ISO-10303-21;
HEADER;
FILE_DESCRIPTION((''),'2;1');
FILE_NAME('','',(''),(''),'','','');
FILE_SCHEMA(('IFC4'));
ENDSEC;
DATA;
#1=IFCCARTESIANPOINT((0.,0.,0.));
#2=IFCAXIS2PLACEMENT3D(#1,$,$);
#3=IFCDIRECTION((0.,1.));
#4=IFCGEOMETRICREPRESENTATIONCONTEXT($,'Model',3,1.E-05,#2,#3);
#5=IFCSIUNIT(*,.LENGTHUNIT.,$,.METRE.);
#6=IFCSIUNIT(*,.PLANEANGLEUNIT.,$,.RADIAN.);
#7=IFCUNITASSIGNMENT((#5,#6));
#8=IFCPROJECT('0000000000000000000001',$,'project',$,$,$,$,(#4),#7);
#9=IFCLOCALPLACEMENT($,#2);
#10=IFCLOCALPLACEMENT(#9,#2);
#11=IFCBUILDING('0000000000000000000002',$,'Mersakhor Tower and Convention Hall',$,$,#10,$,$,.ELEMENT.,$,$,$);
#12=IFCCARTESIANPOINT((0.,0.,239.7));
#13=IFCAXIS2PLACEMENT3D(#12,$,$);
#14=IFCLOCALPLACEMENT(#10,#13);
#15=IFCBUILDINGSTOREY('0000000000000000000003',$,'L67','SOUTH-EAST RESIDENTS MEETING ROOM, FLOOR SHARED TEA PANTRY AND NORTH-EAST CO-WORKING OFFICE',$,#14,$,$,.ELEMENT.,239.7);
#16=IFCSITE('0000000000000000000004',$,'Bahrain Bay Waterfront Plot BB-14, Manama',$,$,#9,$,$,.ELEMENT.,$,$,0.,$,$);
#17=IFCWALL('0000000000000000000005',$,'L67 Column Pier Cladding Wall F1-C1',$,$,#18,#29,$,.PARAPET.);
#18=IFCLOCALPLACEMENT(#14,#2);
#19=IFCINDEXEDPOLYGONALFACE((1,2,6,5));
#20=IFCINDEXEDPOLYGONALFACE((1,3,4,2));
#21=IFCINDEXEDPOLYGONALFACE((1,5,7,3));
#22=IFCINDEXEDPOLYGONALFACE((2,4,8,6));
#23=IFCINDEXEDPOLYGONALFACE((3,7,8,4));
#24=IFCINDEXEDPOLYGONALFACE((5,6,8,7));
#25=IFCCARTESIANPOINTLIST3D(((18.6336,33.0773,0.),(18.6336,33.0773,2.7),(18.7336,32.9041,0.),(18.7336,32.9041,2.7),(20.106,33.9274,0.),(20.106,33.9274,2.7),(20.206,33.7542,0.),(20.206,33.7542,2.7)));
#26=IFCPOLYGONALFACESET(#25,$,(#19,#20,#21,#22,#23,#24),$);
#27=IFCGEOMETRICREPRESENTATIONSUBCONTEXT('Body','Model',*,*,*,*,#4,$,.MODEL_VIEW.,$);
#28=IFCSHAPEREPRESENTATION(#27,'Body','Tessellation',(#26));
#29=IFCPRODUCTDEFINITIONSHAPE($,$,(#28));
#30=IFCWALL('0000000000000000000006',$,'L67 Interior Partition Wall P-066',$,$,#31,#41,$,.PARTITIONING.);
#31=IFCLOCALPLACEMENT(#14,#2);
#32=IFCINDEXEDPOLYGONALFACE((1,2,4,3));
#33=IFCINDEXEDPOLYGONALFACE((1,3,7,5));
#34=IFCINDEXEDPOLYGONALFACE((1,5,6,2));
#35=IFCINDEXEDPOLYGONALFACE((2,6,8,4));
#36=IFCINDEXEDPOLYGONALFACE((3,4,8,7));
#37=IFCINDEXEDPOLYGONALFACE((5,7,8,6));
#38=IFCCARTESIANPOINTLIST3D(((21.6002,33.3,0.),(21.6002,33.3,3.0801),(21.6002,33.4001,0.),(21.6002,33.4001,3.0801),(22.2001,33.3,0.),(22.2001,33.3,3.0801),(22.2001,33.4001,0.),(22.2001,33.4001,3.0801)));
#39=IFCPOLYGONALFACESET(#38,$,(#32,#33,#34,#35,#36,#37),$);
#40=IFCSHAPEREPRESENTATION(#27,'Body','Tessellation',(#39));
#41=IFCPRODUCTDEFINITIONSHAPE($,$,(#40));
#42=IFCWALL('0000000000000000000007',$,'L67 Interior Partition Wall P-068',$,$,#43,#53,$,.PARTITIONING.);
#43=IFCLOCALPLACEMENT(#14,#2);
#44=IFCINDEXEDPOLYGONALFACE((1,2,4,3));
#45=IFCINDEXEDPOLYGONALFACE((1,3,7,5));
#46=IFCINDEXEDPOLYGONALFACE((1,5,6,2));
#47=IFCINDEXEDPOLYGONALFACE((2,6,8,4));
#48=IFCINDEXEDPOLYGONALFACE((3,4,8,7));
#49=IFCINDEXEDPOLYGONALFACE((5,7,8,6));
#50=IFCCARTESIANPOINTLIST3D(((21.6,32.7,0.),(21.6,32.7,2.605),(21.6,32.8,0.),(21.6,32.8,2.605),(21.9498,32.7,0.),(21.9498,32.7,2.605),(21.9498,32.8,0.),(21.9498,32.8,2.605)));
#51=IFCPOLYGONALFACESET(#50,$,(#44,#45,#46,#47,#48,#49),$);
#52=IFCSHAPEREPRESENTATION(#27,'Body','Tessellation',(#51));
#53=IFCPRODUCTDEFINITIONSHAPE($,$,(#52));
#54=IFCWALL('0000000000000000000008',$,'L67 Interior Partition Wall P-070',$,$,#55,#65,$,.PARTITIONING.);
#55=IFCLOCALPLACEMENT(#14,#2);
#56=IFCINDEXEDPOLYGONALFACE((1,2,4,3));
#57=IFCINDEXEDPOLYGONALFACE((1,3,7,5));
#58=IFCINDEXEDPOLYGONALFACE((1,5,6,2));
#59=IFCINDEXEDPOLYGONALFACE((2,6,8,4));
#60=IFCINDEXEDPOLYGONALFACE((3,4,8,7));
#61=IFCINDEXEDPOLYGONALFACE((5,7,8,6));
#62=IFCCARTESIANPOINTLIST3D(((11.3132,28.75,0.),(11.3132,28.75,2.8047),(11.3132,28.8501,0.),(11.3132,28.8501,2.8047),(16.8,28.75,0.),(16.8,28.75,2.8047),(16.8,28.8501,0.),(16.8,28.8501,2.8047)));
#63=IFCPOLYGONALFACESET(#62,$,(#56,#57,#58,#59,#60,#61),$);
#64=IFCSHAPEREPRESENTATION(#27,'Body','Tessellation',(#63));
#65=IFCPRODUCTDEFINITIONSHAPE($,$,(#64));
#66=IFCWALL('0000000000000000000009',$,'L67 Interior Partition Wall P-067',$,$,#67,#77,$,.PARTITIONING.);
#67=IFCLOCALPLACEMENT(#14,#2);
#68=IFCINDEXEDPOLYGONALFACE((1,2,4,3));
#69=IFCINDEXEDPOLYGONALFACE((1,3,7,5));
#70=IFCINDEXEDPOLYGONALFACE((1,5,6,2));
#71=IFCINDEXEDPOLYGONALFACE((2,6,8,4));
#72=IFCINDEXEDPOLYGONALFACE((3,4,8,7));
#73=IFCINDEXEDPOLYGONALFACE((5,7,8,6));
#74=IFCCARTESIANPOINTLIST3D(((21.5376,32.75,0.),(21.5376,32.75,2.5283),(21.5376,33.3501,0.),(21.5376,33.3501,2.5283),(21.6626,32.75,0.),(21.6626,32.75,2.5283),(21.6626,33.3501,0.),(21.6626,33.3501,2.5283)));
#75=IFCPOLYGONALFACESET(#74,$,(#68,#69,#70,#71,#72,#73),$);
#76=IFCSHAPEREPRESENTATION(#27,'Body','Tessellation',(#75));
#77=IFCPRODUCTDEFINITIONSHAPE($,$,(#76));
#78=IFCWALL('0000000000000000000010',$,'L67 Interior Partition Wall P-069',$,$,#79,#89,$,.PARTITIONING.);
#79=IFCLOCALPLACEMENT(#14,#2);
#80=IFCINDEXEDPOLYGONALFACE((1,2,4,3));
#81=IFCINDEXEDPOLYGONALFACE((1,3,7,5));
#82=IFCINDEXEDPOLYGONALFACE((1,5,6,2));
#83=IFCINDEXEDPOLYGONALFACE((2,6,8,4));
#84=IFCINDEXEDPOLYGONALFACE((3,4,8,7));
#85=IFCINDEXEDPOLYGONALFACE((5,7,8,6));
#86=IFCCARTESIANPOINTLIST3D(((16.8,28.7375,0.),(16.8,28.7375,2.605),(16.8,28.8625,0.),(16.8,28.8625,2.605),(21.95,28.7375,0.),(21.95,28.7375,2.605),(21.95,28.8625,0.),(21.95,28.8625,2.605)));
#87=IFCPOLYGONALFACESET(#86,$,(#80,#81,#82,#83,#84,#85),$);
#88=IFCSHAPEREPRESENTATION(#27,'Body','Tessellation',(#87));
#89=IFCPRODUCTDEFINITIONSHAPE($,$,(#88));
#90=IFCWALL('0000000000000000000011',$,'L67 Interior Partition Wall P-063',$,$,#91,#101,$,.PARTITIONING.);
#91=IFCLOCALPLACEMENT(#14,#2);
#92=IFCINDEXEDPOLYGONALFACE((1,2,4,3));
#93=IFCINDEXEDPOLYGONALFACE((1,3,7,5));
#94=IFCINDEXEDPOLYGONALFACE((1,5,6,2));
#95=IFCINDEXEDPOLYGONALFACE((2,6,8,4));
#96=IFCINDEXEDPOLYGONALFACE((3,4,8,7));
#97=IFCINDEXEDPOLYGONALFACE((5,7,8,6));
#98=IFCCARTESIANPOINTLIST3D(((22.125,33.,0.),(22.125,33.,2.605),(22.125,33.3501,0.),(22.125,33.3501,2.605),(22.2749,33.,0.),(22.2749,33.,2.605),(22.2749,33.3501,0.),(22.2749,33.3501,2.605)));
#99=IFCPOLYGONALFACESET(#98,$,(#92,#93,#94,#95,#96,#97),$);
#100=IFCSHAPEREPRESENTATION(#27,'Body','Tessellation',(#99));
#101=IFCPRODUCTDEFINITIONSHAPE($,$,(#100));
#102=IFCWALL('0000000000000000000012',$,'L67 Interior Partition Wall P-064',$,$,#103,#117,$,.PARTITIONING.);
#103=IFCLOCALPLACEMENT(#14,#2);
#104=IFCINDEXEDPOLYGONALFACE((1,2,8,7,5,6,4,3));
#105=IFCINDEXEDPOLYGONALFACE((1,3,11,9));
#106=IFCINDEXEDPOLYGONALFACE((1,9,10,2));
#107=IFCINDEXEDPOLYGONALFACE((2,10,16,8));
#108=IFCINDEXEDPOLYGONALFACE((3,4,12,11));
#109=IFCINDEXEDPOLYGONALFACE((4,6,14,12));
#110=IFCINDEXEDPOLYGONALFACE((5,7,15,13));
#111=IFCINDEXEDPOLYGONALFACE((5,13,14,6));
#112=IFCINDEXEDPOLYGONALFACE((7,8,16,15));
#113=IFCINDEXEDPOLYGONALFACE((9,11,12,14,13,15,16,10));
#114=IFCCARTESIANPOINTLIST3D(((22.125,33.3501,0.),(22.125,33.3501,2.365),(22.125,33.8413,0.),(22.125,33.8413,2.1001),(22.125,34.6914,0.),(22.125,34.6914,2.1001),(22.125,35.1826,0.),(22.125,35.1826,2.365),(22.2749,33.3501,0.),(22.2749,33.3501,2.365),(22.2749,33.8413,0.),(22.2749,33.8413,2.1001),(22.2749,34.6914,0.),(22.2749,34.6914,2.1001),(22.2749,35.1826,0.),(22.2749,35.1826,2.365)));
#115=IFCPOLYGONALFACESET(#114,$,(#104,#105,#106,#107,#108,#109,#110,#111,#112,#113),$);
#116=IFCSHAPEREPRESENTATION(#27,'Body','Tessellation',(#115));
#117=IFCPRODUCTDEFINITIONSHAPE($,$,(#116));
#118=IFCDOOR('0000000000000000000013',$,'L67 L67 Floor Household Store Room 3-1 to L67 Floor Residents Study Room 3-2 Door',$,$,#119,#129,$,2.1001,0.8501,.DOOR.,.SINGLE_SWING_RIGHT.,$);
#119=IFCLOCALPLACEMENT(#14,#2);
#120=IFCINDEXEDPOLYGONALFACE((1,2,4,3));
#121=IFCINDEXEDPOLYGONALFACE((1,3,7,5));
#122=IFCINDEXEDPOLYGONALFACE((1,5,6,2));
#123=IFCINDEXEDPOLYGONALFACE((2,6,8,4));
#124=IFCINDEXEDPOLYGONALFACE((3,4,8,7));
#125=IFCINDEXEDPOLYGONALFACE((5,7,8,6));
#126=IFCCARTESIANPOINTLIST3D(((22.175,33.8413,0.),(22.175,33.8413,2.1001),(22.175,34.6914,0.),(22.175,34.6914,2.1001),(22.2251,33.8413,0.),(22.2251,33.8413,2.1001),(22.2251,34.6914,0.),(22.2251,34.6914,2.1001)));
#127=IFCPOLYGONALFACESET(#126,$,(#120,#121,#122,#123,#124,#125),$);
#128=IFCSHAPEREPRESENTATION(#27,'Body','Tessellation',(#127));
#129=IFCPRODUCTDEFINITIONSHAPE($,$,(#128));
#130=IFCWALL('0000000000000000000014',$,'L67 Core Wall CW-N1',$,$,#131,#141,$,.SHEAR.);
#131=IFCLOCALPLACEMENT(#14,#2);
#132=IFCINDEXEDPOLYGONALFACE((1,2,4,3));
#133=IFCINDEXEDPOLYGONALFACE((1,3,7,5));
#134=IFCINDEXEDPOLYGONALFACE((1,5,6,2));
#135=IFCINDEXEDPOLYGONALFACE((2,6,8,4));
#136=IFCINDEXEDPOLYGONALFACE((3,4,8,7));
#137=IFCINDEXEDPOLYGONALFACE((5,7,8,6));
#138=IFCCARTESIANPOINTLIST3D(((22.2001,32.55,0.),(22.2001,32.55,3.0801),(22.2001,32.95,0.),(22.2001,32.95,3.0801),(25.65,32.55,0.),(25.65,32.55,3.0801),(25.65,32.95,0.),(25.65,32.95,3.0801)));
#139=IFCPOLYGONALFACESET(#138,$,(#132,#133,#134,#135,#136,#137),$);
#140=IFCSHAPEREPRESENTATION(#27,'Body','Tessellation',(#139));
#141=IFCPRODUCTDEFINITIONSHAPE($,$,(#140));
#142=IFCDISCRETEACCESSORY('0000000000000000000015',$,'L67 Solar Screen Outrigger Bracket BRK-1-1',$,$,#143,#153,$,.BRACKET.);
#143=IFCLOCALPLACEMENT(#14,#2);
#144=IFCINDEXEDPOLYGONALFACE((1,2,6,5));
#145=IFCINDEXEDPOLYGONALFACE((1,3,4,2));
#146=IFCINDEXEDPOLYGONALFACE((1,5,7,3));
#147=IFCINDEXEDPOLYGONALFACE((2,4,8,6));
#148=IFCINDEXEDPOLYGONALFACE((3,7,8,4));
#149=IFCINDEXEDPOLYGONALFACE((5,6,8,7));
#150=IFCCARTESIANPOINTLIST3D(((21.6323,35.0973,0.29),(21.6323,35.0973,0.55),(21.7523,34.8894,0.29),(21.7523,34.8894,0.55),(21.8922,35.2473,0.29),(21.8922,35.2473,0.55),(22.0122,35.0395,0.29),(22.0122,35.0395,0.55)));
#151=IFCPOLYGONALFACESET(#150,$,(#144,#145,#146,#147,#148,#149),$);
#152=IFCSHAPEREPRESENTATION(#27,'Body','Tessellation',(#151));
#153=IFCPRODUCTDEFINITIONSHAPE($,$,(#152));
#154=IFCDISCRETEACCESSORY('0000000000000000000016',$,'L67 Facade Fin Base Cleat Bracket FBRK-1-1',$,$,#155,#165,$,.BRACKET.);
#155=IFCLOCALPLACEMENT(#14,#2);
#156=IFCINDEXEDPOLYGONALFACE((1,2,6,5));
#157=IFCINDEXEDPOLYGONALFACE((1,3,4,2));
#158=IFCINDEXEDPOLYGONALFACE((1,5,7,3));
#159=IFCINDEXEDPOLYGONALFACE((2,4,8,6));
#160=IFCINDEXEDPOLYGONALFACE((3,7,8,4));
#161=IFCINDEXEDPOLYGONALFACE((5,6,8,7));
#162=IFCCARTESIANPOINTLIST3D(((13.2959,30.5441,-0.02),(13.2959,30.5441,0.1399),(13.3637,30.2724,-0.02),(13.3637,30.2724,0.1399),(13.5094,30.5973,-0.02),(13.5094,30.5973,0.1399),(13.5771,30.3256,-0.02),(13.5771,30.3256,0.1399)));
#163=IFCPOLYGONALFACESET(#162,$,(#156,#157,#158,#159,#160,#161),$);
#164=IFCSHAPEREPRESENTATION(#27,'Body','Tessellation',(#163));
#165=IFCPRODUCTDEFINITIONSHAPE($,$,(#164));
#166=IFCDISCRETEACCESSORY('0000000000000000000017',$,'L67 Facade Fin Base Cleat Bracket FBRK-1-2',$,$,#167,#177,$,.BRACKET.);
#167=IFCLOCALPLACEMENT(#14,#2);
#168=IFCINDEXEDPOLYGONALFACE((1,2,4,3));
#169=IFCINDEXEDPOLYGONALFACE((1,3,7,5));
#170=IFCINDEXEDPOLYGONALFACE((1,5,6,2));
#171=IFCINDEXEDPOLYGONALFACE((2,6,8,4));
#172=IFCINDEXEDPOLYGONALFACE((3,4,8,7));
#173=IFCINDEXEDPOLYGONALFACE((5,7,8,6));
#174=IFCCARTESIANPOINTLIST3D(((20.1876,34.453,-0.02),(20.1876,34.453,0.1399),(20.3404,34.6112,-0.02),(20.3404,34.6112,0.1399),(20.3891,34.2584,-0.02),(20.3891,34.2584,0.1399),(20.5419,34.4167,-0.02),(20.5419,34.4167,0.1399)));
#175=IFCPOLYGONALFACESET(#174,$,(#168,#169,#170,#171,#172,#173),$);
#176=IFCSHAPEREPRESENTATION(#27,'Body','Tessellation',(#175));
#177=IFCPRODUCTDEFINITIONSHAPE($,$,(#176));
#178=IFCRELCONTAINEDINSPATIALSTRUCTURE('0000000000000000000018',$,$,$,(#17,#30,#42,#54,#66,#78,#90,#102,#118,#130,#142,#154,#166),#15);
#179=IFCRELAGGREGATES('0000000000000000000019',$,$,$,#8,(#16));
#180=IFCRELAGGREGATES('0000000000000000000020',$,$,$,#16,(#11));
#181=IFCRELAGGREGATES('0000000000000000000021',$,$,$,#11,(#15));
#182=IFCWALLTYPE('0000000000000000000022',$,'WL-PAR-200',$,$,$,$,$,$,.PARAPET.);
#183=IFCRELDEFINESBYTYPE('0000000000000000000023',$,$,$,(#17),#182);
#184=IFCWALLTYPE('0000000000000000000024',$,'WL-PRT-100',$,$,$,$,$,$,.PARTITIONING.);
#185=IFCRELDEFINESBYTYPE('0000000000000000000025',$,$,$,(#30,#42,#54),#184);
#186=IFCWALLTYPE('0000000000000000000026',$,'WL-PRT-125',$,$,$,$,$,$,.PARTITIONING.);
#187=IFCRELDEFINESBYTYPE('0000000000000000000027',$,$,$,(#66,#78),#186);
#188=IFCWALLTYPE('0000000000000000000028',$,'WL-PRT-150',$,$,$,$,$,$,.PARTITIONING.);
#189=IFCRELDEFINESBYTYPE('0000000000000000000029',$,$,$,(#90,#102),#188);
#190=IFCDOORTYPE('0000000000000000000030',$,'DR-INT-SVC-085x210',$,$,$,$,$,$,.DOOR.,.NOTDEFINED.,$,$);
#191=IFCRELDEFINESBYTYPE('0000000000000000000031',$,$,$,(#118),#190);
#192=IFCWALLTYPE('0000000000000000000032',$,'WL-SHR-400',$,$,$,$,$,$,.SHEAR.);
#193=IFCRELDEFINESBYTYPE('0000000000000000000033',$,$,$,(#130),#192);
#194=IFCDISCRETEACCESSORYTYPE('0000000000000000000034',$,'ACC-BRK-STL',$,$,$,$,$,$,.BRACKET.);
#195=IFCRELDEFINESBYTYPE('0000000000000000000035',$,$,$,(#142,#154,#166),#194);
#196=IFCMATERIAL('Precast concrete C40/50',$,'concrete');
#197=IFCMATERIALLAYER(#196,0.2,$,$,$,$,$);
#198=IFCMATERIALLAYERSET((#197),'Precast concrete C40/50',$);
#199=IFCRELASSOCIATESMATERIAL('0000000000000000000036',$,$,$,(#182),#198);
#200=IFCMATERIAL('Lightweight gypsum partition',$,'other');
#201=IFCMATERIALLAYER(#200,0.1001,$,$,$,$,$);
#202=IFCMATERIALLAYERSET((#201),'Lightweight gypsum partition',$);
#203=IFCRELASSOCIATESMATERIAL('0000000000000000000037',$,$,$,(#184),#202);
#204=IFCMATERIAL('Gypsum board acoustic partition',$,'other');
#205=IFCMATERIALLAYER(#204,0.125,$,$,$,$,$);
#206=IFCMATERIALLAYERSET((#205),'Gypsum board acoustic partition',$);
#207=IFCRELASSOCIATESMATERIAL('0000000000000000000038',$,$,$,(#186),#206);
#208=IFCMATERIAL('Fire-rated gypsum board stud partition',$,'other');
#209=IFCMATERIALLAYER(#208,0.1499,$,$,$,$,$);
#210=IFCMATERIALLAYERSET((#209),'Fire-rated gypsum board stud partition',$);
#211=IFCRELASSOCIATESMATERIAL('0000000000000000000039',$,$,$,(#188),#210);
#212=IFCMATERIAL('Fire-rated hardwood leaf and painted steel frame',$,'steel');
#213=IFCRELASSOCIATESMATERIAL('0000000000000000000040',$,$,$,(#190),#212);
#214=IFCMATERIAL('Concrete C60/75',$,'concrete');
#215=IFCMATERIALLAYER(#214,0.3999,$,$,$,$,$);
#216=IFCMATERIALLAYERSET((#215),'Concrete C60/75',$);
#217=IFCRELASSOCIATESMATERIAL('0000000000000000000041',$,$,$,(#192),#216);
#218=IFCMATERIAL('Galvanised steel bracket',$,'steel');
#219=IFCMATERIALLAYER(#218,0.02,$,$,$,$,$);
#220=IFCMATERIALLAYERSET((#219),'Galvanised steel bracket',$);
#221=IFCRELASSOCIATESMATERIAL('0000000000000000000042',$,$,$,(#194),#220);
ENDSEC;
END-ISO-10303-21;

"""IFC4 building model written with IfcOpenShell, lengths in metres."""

from ifc_helpers import new_model, si_unit, direction, frame, frame_2d, origin, origin_2d, place, context, subcontext, project, spatial, rectangle, extrude, material, layer, layer_set, type_object, element, fill, save


model = new_model("IFC4")

# Units and contexts
model_context = context("Model", 3, precision=1e-05, world=origin(), true_north=direction((0.0, 1.0)))
body_context = subcontext(model_context, "Body", "Model", "MODEL_VIEW")
ifc_project = project(units=[si_unit("LENGTHUNIT", "METRE"), si_unit("PLANEANGLEUNIT", "RADIAN")], contexts=[model_context])

# Site, building, storey
site_placement = place(None, origin())
site = spatial("IfcSite", under=ifc_project, at=site_placement, Name="Bahrain Bay Waterfront Plot BB-14, Manama", CompositionType="ELEMENT", RefElevation=0.0)
building_placement = place(site_placement, origin())
building = spatial("IfcBuilding", under=site, at=building_placement, Name="Mersakhor Tower and Convention Hall", CompositionType="ELEMENT")
storey_placement = place(building_placement, frame((0.0, 0.0, 239.7)))
storey = spatial("IfcBuildingStorey", under=building, at=storey_placement, Name="L67", Description="SOUTH-EAST RESIDENTS MEETING ROOM, FLOOR SHARED TEA PANTRY AND NORTH-EAST CO-WORKING OFFICE", CompositionType="ELEMENT", Elevation=239.7)

# Walls
ifc_material_1 = material(Name="Precast concrete C40/50", Category="concrete")
ifc_layer_1 = layer(ifc_material_1, 0.2)
ifc_layer_set_1 = layer_set([ifc_layer_1], Name="Precast concrete C40/50")
wall_type_1 = type_object("IfcWallType", Name="WL-PAR-200", PredefinedType="PARAPET", material=ifc_layer_set_1)
wall_1_placement = place(storey_placement, frame((18.6836, 32.9907, 0.0), z_axis=(0.0, 0.0, 1.0), x_axis=(0.866025, 0.5, 0.0)))
element("IfcWall", 1, at=wall_1_placement, inside=storey, type_object=wall_type_1, Name="L67 Column Pier Cladding Wall F1-C1", PredefinedType="PARAPET", context=body_context, shape_type="SweptSolid", body=[
    extrude(rectangle(XDim=1.7002, YDim=0.2, at=frame_2d((0.8501, 0.0))), origin(), (0.0, 0.0, 1.0), 2.7),
])
ifc_material_2 = material(Name="Lightweight gypsum partition", Category="other")
ifc_layer_2 = layer(ifc_material_2, 0.1001)
ifc_layer_set_2 = layer_set([ifc_layer_2], Name="Lightweight gypsum partition")
wall_type_2 = type_object("IfcWallType", Name="WL-PRT-100", PredefinedType="PARTITIONING", material=ifc_layer_set_2)
wall_2_placement = place(storey_placement, frame((22.2, 33.3501, 0.0), z_axis=(0.0, 0.0, 1.0), x_axis=(-1.0, 0.0, 0.0)))
element("IfcWall", 2, at=wall_2_placement, inside=storey, type_object=wall_type_2, Name="L67 Interior Partition Wall P-066", PredefinedType="PARTITIONING", context=body_context, shape_type="SweptSolid", body=[
    extrude(rectangle(XDim=0.5999, YDim=0.1001, at=frame_2d((0.2998, 0.0))), origin(), (0.0, 0.0, 1.0), 3.0801),
])
wall_3_placement = place(storey_placement, frame((21.6001, 32.75, 0.0), z_axis=(0.0, 0.0, 1.0), x_axis=(1.0, 0.0, 0.0)))
element("IfcWall", 3, at=wall_3_placement, inside=storey, type_object=wall_type_2, Name="L67 Interior Partition Wall P-068", PredefinedType="PARTITIONING", context=body_context, shape_type="SweptSolid", body=[
    extrude(rectangle(XDim=0.3499, YDim=0.1001, at=frame_2d((0.1748, 0.0))), origin(), (0.0, 0.0, 1.0), 2.605),
])
wall_4_placement = place(storey_placement, frame((16.8, 28.8, 0.0), z_axis=(0.0, 0.0, 1.0), x_axis=(-1.0, 0.0, 0.0)))
element("IfcWall", 4, at=wall_4_placement, inside=storey, type_object=wall_type_2, Name="L67 Interior Partition Wall P-070", PredefinedType="PARTITIONING", context=body_context, shape_type="SweptSolid", body=[
    extrude(rectangle(XDim=5.4868, YDim=0.1001, at=frame_2d((2.7434, 0.0))), origin(), (0.0, 0.0, 1.0), 2.8047),
])
ifc_material_3 = material(Name="Gypsum board acoustic partition", Category="other")
ifc_layer_3 = layer(ifc_material_3, 0.125)
ifc_layer_set_3 = layer_set([ifc_layer_3], Name="Gypsum board acoustic partition")
wall_type_3 = type_object("IfcWallType", Name="WL-PRT-125", PredefinedType="PARTITIONING", material=ifc_layer_set_3)
wall_5_placement = place(storey_placement, frame((21.6001, 33.3501, 0.0), z_axis=(0.0, 0.0, 1.0), x_axis=(0.0, -1.0, 0.0)))
element("IfcWall", 5, at=wall_5_placement, inside=storey, type_object=wall_type_3, Name="L67 Interior Partition Wall P-067", PredefinedType="PARTITIONING", context=body_context, shape_type="SweptSolid", body=[
    extrude(rectangle(XDim=0.6001, YDim=0.125, at=frame_2d((0.3, 0.0))), origin(), (0.0, 0.0, 1.0), 2.5283),
])
wall_6_placement = place(storey_placement, frame((21.95, 28.8, 0.0), z_axis=(0.0, 0.0, 1.0), x_axis=(-1.0, 0.0, 0.0)))
element("IfcWall", 6, at=wall_6_placement, inside=storey, type_object=wall_type_3, Name="L67 Interior Partition Wall P-069", PredefinedType="PARTITIONING", context=body_context, shape_type="SweptSolid", body=[
    extrude(rectangle(XDim=5.1499, YDim=0.125, at=frame_2d((2.575, 0.0))), origin(), (0.0, 0.0, 1.0), 2.605),
])
ifc_material_4 = material(Name="Fire-rated gypsum board stud partition", Category="other")
ifc_layer_4 = layer(ifc_material_4, 0.1499)
ifc_layer_set_4 = layer_set([ifc_layer_4], Name="Fire-rated gypsum board stud partition")
wall_type_4 = type_object("IfcWallType", Name="WL-PRT-150", PredefinedType="PARTITIONING", material=ifc_layer_set_4)
wall_7_placement = place(storey_placement, frame((22.2, 33.0, 0.0), z_axis=(0.0, 0.0, 1.0), x_axis=(0.0, 1.0, 0.0)))
element("IfcWall", 7, at=wall_7_placement, inside=storey, type_object=wall_type_4, Name="L67 Interior Partition Wall P-063", PredefinedType="PARTITIONING", context=body_context, shape_type="SweptSolid", body=[
    extrude(rectangle(XDim=0.3501, YDim=0.1499, at=frame_2d((0.175, 0.0))), origin(), (0.0, 0.0, 1.0), 2.605),
])

# Wall, opening, door
wall_8_placement = place(storey_placement, frame((22.2, 33.3501, 0.0), z_axis=(0.0, 0.0, 1.0), x_axis=(0.0, 1.0, 0.0)))
wall_8 = element("IfcWall", 8, at=wall_8_placement, inside=storey, type_object=wall_type_4, Name="L67 Interior Partition Wall P-064", PredefinedType="PARTITIONING", context=body_context, shape_type="SweptSolid", body=[
    extrude(rectangle(XDim=1.8325, YDim=0.1499, at=frame_2d((0.9163, 0.0))), origin(), (0.0, 0.0, 1.0), 2.365),
])
opening_1_placement = place(wall_8_placement, frame((0.4912, 0.0, 0.0)))
opening_1 = element("IfcOpeningElement", 9, at=opening_1_placement, cuts=wall_8, PredefinedType="OPENING", context=body_context, shape_type="SweptSolid", body=[
    extrude(rectangle(XDim=0.8501, YDim=2.1001, at=frame_2d((0.425, 1.05))), frame((0.0, 0.085, 0.0), z_axis=(0.0, -1.0, 0.0), x_axis=(1.0, 0.0, 0.0)), (0.0, 0.0, 1.0), 0.1699),
])
ifc_material_5 = material(Name="Fire-rated hardwood leaf and painted steel frame", Category="steel")
door_type_1 = type_object("IfcDoorType", Name="DR-INT-SVC-085x210", OperationType="NOTDEFINED", PredefinedType="DOOR", material=ifc_material_5)
door_1_placement = place(opening_1_placement, origin())
door_1 = element("IfcDoor", 10, at=door_1_placement, inside=storey, type_object=door_type_1, Name="L67 L67 Floor Household Store Room 3-1 to L67 Floor Residents Study Room 3-2 Door", OperationType="SINGLE_SWING_RIGHT", OverallHeight=2.1001, OverallWidth=0.8501, PredefinedType="DOOR", context=body_context, shape_type="SweptSolid", body=[
    extrude(rectangle(XDim=0.8501, YDim=2.1001, at=frame_2d((0.425, 1.05))), frame((0.0, 0.0249, 0.0), z_axis=(0.0, -1.0, 0.0), x_axis=(1.0, 0.0, 0.0)), (0.0, 0.0, 1.0), 0.05),
])
fill(opening_1, door_1)

# Wall
ifc_material_6 = material(Name="Concrete C60/75", Category="concrete")
ifc_layer_5 = layer(ifc_material_6, 0.3999)
ifc_layer_set_5 = layer_set([ifc_layer_5], Name="Concrete C60/75")
wall_type_5 = type_object("IfcWallType", Name="WL-SHR-400", PredefinedType="SHEAR", material=ifc_layer_set_5)
wall_9_placement = place(storey_placement, frame((22.2, 32.75, 0.0), z_axis=(0.0, 0.0, 1.0), x_axis=(1.0, 0.0, 0.0)))
element("IfcWall", 11, at=wall_9_placement, inside=storey, type_object=wall_type_5, Name="L67 Core Wall CW-N1", PredefinedType="SHEAR", context=body_context, shape_type="SweptSolid", body=[
    extrude(rectangle(XDim=3.45, YDim=0.3999, at=frame_2d((1.7251, 0.0))), origin(), (0.0, 0.0, 1.0), 3.0801),
])

# Discrete accessories
ifc_material_7 = material(Name="Galvanised steel bracket", Category="steel")
ifc_layer_6 = layer(ifc_material_7, 0.02)
ifc_layer_set_6 = layer_set([ifc_layer_6], Name="Galvanised steel bracket")
discrete_accessory_type = type_object("IfcDiscreteAccessoryType", Name="ACC-BRK-STL", PredefinedType="BRACKET", material=ifc_layer_set_6)
discrete_accessory_placement = place(storey_placement, frame((21.8223, 35.0684, 0.29), z_axis=(0.0, 0.0, 1.0), x_axis=(0.866025, 0.5, 0.0)))
element("IfcDiscreteAccessory", 12, at=discrete_accessory_placement, inside=storey, type_object=discrete_accessory_type, Name="L67 Solar Screen Outrigger Bracket BRK-1-1", PredefinedType="BRACKET", context=body_context, shape_type="SweptSolid", body=[
    extrude(rectangle(XDim=0.3, YDim=0.24, at=origin_2d()), origin(), (0.0, 0.0, 1.0), 0.26),
])
for number, where, z_axis, x_axis, name in (
    (13, (13.4365, 30.4348, -0.02), (0.0, 0.0, 1.0), (-0.241922, 0.970296, 0.0), "L67 Facade Fin Base Cleat Bracket FBRK-1-1"),
    (14, (20.3647, 34.4348, -0.02), (0.0, 0.0, 1.0), (-0.71934, 0.694658, 0.0), "L67 Facade Fin Base Cleat Bracket FBRK-1-2"),
):
    element("IfcDiscreteAccessory", number, at=place(storey_placement, frame(where, z_axis=z_axis, x_axis=x_axis)), inside=storey, type_object=discrete_accessory_type, Name=name, PredefinedType="BRACKET", context=body_context, shape_type="SweptSolid", body=[
        extrude(rectangle(XDim=0.28, YDim=0.22, at=origin_2d()), origin(), (0.0, 0.0, 1.0), 0.1599),
    ])

save(model, "model.ifc")
